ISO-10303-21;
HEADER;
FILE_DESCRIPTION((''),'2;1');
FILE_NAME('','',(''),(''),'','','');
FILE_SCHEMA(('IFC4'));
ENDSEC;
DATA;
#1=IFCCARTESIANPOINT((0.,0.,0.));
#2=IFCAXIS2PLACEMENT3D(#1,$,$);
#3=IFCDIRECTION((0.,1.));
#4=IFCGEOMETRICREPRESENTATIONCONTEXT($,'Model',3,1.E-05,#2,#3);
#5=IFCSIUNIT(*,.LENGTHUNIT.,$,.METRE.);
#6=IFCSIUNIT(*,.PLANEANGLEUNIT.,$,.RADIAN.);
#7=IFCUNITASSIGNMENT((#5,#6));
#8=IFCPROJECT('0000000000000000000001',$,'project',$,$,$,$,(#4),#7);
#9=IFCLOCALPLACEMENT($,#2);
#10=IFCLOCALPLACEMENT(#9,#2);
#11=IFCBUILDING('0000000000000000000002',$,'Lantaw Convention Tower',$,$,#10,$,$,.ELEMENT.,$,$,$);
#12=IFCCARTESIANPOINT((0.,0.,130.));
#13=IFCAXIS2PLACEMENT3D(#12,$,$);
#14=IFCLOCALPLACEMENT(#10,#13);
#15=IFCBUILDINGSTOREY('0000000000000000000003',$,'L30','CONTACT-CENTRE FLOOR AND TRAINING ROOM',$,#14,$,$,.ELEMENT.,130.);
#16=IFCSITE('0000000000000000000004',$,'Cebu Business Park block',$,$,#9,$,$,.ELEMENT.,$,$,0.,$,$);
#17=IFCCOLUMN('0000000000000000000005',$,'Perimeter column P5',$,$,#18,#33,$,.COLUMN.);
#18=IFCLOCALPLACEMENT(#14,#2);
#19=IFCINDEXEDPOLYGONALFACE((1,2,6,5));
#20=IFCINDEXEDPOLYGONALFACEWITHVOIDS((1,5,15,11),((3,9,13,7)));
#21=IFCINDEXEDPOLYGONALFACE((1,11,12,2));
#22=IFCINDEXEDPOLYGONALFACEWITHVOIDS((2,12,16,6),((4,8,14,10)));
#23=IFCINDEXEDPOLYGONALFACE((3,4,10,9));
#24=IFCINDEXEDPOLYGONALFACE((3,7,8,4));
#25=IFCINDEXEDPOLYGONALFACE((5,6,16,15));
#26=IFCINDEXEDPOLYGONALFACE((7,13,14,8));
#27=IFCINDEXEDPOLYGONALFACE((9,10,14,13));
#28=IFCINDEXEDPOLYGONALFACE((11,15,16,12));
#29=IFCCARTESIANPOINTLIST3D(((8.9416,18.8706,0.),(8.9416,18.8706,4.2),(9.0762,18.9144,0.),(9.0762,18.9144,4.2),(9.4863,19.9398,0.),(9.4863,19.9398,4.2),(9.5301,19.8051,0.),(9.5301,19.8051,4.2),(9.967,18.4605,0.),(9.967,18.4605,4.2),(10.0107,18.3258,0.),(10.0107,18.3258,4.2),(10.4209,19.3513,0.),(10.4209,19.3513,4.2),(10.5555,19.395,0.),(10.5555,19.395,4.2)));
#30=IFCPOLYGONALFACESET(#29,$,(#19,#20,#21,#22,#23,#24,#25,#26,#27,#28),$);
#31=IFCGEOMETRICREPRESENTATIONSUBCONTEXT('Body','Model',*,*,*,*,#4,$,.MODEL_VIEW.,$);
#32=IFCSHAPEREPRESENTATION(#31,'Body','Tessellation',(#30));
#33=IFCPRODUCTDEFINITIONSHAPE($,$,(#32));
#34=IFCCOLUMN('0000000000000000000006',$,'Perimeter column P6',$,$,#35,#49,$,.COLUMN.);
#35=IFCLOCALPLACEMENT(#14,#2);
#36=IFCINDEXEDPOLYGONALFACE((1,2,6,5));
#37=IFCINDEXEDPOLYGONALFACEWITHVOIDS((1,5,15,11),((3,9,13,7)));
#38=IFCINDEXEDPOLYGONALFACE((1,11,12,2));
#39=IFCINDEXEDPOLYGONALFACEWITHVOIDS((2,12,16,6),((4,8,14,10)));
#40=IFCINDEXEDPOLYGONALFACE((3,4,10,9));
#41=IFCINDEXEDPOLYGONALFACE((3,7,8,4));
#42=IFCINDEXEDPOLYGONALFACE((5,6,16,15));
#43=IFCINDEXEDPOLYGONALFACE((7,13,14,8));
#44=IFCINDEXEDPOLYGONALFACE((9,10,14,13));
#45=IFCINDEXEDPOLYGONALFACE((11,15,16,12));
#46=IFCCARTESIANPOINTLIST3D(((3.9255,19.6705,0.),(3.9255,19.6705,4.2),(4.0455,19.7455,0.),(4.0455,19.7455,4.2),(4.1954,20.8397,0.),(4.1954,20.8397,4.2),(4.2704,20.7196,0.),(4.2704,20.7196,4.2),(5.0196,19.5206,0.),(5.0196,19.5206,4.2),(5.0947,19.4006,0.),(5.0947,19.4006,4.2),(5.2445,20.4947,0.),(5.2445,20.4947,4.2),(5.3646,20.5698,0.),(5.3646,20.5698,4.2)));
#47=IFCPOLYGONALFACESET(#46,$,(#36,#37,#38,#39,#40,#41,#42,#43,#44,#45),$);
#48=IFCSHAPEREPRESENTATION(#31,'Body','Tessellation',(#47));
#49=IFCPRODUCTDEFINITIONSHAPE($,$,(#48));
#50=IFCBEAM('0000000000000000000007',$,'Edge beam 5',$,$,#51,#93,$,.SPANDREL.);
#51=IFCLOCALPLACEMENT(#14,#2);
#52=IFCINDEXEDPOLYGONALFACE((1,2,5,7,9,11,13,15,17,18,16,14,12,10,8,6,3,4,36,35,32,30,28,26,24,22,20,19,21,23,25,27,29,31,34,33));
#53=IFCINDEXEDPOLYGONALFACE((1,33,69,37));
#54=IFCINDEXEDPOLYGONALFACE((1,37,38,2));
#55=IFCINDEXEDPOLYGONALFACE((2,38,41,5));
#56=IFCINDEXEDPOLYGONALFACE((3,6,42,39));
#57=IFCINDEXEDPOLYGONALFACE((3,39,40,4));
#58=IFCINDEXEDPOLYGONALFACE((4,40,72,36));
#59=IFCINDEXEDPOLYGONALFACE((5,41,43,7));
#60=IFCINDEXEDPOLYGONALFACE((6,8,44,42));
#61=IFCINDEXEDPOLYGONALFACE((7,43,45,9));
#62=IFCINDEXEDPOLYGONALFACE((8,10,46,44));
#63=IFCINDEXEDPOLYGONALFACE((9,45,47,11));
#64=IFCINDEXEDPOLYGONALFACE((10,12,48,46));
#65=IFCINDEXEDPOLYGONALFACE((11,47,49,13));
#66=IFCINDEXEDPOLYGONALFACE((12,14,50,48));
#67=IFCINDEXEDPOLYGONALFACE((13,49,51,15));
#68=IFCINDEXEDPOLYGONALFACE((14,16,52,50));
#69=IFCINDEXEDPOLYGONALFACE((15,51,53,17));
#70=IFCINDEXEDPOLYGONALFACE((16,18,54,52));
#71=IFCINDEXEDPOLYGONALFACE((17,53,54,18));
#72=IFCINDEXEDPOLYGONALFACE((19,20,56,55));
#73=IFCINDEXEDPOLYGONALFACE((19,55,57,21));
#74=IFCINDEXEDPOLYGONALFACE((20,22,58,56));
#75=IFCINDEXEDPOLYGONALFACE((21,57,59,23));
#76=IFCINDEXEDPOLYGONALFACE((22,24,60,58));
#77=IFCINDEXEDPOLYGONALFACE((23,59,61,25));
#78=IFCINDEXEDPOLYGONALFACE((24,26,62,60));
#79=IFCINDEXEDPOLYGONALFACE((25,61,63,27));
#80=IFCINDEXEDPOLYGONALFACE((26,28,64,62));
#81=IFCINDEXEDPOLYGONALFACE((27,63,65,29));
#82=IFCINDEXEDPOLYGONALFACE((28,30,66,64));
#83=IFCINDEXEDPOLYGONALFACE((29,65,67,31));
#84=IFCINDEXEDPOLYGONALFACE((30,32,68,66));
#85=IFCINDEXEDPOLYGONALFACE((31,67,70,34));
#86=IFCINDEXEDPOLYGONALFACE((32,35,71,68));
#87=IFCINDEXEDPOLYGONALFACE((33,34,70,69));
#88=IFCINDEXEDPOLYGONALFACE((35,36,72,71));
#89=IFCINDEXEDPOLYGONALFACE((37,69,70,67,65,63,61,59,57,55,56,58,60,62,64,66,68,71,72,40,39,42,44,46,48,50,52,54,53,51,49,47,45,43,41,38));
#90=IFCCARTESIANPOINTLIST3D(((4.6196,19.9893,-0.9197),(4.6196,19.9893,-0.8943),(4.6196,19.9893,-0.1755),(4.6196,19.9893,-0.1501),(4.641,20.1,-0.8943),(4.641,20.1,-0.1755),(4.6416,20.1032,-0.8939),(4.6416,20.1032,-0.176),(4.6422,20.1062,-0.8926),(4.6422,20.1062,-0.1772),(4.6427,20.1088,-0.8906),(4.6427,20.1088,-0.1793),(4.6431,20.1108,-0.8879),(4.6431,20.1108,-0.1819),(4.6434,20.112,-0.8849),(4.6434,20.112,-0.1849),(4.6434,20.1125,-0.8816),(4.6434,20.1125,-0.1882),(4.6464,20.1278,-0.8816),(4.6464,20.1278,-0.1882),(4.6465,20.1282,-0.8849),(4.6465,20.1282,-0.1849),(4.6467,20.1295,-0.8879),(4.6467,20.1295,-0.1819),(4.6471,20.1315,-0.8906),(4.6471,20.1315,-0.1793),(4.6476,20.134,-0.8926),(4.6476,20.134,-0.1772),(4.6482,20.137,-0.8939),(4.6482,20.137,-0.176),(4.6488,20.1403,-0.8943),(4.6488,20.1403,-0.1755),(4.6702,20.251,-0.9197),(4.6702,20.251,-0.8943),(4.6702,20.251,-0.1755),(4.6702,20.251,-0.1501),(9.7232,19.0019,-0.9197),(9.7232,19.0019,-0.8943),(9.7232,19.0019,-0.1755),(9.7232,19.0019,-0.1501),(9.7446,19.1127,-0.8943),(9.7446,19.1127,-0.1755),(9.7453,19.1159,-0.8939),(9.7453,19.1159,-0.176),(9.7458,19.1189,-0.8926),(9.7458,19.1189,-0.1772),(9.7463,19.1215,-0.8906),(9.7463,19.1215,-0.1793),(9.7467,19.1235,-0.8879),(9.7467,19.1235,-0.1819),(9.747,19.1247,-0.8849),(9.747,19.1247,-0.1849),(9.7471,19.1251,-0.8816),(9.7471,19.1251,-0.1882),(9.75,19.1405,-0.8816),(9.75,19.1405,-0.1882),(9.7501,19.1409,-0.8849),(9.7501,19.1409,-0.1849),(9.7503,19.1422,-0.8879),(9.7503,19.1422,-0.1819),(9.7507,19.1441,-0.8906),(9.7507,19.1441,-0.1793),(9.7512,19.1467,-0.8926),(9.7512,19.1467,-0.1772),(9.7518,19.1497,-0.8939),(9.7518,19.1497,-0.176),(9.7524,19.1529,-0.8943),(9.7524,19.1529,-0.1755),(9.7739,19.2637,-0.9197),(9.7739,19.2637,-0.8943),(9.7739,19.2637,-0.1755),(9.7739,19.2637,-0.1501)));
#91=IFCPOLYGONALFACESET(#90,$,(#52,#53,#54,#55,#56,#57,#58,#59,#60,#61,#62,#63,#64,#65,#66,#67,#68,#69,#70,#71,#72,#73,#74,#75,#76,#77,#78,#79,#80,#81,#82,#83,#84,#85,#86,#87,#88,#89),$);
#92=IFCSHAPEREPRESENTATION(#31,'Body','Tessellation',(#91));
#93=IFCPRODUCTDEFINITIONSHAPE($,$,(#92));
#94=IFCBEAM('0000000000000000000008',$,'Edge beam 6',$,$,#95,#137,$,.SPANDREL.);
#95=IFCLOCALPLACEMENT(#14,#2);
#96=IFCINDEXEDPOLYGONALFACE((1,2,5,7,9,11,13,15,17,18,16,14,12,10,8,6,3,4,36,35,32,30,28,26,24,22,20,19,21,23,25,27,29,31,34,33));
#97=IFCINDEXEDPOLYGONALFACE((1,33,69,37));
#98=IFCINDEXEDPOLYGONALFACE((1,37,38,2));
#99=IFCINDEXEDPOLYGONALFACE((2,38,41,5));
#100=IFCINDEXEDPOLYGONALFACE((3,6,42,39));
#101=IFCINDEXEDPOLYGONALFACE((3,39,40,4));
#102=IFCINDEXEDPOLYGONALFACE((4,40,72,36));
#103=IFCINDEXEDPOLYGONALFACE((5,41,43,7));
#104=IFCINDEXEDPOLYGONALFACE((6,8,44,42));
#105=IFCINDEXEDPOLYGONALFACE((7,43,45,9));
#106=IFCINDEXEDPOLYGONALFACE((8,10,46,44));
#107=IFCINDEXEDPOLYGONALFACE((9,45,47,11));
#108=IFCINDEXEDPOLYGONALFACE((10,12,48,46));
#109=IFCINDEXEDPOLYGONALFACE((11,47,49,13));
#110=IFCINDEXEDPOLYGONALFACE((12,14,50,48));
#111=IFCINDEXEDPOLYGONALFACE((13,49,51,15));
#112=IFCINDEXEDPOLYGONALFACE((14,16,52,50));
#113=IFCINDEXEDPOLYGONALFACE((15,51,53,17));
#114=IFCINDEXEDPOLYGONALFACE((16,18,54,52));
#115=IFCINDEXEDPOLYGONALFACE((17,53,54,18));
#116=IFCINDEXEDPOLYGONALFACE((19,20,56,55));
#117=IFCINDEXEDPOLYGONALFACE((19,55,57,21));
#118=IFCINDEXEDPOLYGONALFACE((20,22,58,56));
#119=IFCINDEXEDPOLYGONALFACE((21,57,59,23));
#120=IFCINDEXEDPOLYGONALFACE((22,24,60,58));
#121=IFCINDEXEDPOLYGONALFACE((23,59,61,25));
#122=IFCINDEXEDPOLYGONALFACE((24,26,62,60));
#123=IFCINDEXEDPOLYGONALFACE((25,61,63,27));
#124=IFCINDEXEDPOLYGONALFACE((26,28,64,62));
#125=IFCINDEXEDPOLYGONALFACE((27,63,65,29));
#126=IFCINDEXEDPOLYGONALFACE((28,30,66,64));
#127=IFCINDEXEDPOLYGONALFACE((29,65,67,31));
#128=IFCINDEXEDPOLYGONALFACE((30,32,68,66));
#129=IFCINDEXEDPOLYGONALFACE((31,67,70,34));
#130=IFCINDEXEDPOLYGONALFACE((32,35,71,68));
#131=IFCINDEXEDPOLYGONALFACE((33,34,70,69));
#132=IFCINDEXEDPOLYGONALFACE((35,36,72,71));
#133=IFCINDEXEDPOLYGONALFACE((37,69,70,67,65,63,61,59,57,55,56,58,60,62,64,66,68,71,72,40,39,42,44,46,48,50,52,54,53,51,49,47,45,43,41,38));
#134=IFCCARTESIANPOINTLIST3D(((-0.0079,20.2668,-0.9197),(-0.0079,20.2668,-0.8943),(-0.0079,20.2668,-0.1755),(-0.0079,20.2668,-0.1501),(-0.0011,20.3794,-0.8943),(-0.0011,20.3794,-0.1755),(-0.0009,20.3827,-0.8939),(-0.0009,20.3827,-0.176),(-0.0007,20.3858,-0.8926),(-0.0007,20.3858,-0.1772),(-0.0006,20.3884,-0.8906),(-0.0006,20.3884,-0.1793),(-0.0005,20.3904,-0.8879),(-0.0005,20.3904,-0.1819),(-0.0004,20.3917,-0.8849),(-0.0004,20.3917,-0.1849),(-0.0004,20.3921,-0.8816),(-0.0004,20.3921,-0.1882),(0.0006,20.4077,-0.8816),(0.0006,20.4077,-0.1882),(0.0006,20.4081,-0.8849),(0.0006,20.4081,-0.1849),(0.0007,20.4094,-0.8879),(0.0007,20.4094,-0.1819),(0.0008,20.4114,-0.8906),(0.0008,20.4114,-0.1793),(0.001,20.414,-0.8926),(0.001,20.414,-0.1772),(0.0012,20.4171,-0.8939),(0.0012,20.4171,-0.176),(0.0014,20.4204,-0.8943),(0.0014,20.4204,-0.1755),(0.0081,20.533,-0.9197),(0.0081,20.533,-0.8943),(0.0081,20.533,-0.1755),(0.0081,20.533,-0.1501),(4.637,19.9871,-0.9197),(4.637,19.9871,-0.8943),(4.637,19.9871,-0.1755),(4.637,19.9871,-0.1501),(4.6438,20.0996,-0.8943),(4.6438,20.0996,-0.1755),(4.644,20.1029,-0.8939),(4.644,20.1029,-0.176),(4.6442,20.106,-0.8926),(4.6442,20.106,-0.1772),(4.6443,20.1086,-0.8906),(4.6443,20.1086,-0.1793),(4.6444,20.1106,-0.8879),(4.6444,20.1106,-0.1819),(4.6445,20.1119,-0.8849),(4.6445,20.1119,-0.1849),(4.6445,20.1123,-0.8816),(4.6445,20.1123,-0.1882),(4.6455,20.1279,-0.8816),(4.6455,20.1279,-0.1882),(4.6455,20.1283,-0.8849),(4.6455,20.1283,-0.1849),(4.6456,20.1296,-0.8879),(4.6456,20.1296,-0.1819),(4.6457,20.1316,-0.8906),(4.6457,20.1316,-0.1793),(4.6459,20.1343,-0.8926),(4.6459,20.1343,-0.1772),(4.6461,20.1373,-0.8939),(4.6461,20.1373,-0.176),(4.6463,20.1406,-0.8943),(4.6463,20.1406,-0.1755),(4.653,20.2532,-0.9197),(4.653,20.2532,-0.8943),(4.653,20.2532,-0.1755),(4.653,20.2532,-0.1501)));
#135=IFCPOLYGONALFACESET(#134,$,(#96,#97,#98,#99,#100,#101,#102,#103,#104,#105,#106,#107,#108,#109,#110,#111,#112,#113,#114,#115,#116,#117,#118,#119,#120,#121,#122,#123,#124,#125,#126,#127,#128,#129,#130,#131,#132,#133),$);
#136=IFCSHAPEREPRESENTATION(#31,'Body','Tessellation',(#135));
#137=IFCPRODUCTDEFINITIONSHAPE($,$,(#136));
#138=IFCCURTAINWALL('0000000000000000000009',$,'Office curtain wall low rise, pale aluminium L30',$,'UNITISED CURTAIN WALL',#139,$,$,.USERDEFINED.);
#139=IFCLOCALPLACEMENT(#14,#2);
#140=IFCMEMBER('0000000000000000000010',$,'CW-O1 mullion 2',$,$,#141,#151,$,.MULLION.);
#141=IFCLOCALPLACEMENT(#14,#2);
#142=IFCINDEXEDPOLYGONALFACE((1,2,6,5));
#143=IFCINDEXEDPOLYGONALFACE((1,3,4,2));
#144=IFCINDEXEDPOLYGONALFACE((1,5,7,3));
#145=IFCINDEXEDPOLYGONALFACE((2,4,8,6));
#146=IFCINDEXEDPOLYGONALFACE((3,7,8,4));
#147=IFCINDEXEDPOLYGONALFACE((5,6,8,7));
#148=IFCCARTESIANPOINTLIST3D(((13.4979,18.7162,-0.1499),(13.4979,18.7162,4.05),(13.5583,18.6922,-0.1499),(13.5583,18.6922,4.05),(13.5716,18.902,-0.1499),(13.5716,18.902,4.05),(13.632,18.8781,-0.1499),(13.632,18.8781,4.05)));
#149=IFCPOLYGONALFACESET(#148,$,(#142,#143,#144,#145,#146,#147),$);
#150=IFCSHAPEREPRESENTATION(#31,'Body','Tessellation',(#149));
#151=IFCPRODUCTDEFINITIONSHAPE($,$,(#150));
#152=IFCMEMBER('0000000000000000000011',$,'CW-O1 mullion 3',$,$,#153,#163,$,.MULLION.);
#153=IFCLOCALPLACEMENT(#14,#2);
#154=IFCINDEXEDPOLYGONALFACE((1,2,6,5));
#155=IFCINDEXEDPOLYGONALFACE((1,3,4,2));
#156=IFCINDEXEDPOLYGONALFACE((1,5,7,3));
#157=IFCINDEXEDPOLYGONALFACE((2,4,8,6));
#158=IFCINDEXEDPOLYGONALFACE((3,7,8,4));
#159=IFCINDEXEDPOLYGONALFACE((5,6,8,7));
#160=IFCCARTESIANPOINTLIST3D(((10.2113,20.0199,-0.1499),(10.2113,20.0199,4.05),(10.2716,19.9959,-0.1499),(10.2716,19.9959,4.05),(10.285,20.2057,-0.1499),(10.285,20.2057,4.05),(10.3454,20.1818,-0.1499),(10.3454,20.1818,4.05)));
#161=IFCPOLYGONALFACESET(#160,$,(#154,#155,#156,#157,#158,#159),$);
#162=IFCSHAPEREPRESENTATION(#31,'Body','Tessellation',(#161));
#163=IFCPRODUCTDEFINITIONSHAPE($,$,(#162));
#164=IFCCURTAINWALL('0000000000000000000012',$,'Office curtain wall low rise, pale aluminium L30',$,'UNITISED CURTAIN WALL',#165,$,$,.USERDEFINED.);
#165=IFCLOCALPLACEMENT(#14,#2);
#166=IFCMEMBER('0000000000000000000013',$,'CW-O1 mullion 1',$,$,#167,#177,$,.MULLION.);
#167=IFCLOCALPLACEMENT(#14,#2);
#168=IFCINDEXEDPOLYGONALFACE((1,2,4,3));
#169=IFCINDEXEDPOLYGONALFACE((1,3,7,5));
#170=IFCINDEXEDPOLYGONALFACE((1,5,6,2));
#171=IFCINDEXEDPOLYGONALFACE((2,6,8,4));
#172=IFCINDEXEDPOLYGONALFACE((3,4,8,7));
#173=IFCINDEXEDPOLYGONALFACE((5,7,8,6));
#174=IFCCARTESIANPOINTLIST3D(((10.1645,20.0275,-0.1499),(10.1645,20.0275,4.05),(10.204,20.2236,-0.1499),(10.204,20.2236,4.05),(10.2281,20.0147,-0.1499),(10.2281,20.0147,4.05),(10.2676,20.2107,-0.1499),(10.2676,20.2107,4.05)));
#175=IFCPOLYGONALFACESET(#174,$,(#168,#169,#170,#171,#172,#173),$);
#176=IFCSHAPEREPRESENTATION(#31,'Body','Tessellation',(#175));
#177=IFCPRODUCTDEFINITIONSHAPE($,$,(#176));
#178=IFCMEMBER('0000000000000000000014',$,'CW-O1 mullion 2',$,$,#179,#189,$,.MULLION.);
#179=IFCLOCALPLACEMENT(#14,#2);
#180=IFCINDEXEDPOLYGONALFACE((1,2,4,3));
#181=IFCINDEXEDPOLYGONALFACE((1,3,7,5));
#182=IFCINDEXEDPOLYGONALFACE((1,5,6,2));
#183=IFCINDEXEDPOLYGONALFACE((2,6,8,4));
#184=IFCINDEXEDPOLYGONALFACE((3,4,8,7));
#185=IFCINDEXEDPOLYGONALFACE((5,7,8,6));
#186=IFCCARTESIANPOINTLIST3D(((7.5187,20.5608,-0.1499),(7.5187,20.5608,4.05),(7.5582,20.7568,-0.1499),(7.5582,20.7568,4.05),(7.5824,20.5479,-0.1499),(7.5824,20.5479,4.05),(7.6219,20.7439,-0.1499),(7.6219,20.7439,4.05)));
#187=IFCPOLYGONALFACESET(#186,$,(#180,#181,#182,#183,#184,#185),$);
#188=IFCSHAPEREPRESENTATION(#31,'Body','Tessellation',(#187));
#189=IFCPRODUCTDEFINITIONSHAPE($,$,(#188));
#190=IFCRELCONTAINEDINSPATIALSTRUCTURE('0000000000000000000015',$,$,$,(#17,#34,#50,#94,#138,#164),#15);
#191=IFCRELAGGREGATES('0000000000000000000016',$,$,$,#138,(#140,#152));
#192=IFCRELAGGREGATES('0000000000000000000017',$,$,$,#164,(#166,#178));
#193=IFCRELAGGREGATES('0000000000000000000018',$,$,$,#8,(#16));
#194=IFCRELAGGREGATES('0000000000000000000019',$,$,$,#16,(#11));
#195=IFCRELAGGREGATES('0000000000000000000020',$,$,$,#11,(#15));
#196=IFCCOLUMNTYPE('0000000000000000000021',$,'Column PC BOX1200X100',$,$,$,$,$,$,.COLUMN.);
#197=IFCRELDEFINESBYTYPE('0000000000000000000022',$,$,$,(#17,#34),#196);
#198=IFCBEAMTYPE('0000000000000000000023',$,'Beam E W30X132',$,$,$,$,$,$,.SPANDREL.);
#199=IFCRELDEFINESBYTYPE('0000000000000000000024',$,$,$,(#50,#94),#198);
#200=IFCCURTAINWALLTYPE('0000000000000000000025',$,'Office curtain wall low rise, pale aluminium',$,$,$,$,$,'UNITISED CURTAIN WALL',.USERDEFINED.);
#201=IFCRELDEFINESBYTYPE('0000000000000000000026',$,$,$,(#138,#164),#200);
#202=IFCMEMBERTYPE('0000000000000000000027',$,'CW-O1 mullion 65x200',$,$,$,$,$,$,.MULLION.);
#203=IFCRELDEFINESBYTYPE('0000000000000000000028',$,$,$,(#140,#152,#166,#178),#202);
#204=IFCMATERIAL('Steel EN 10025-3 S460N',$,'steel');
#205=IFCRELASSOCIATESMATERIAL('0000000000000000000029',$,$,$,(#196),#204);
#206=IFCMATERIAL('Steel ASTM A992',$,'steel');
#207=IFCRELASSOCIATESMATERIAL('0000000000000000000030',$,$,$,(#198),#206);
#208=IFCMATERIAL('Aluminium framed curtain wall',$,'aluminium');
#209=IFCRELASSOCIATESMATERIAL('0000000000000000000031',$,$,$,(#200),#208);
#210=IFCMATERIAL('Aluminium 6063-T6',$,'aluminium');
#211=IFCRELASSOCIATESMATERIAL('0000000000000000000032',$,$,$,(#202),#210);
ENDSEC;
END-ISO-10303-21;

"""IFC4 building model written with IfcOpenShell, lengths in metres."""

from ifc_helpers import new_model, si_unit, direction, frame, origin, origin_2d, place, context, subcontext, project, spatial, rectangle, hollow_rectangle, i_section, extrude, material, material_profile, profile_set, type_object, element, aggregate, save


model = new_model("IFC4")

# Units and contexts
model_context = context("Model", 3, precision=1e-05, world=origin(), true_north=direction((0.0, 1.0)))
body_context = subcontext(model_context, "Body", "Model", "MODEL_VIEW")
ifc_project = project(units=[si_unit("LENGTHUNIT", "METRE"), si_unit("PLANEANGLEUNIT", "RADIAN")], contexts=[model_context])

# Site, building, storey
site_placement = place(None, origin())
site = spatial("IfcSite", under=ifc_project, at=site_placement, Name="Cebu Business Park block", CompositionType="ELEMENT", RefElevation=0.0)
building_placement = place(site_placement, origin())
building = spatial("IfcBuilding", under=site, at=building_placement, Name="Lantaw Convention Tower", CompositionType="ELEMENT")
storey_placement = place(building_placement, frame((0.0, 0.0, 130.0)))
storey = spatial("IfcBuildingStorey", under=building, at=storey_placement, Name="L30", Description="CONTACT-CENTRE FLOOR AND TRAINING ROOM", CompositionType="ELEMENT", Elevation=130.0)

# Columns
ifc_material_1 = material(Name="Steel EN 10025-3 S460N", Category="steel")
ifc_material_profile_1 = material_profile(ifc_material_1, hollow_rectangle(XDim=1.2, YDim=1.2, WallThickness=0.1001, at=origin_2d()), Name="BOX1200X100")
ifc_material_2 = material(Name="Concrete C60/75", Category="concrete")
ifc_material_profile_2 = material_profile(ifc_material_2, rectangle(XDim=1.0, YDim=1.0, at=origin_2d()), Name="Concrete fill of BOX1200X100")
ifc_profile_set_1 = profile_set([ifc_material_profile_1, ifc_material_profile_2], Name="Steel EN 10025-3 S460N")
column_type = type_object("IfcColumnType", Name="Column PC BOX1200X100", PredefinedType="COLUMN", material=ifc_profile_set_1)
for number, where, z_axis, x_axis, name in (
    (1, (9.7485, 19.1328, 0.0), (0.0, 0.0, 1.0), (0.45399, 0.891007, 0.0), "Perimeter column P5"),
    (2, (4.645, 20.1201, 0.0), (0.0, 0.0, 1.0), (0.224951, 0.97437, 0.0), "Perimeter column P6"),
):
    element("IfcColumn", number, at=place(storey_placement, frame(where, z_axis=z_axis, x_axis=x_axis)), inside=storey, type_object=column_type, Name=name, PredefinedType="COLUMN", context=body_context, shape_type="SweptSolid", body=[
        extrude(hollow_rectangle(XDim=1.2, YDim=1.2, WallThickness=0.1001, at=origin_2d()), origin(), (0.0, 0.0, 1.0), 4.2),
    ])

# Beams
ifc_material_3 = material(Name="Steel ASTM A992", Category="steel")
ifc_material_profile_3 = material_profile(ifc_material_3, i_section(OverallWidth=0.2666, OverallDepth=0.7695, WebThickness=0.0156, FlangeThickness=0.0254, FilletRadius=0.0127, at=origin_2d()), Name="W30X132")
ifc_profile_set_2 = profile_set([ifc_material_profile_3], Name="Steel ASTM A992")
beam_type = type_object("IfcBeamType", Name="Beam E W30X132", PredefinedType="SPANDREL", material=ifc_profile_set_2)
beam_1_placement = place(storey_placement, frame((9.7485, 19.1328, -0.5349), z_axis=(-0.981797, 0.189934, 0.0), x_axis=(-0.189934, -0.981797, 0.0)))
element("IfcBeam", 3, at=beam_1_placement, inside=storey, type_object=beam_type, Name="Edge beam 5", PredefinedType="SPANDREL", context=body_context, shape_type="SweptSolid", body=[
    extrude(i_section(OverallWidth=0.2666, OverallDepth=0.7695, WebThickness=0.0156, FlangeThickness=0.0254, FilletRadius=0.0127, at=origin_2d()), origin(), (0.0, 0.0, 1.0), 5.1982),
])
beam_2_placement = place(storey_placement, frame((4.645, 20.1201, -0.5349), z_axis=(-0.998191, 0.060124, 0.0), x_axis=(-0.060124, -0.998191, 0.0)))
element("IfcBeam", 4, at=beam_2_placement, inside=storey, type_object=beam_type, Name="Edge beam 6", PredefinedType="SPANDREL", context=body_context, shape_type="SweptSolid", body=[
    extrude(i_section(OverallWidth=0.2666, OverallDepth=0.7695, WebThickness=0.0156, FlangeThickness=0.0254, FilletRadius=0.0127, at=origin_2d()), origin(), (0.0, 0.0, 1.0), 4.6533),
])

# Curtain walls, members
ifc_material_4 = material(Name="Aluminium framed curtain wall", Category="aluminium")
curtain_wall_type = type_object("IfcCurtainWallType", Name="Office curtain wall low rise, pale aluminium", ElementType="UNITISED CURTAIN WALL", PredefinedType="USERDEFINED", material=ifc_material_4)
curtain_wall_1_placement = place(storey_placement, origin())
curtain_wall_1 = element("IfcCurtainWall", 5, at=curtain_wall_1_placement, inside=storey, type_object=curtain_wall_type, Name="Office curtain wall low rise, pale aluminium L30", ObjectType="UNITISED CURTAIN WALL", PredefinedType="USERDEFINED")
ifc_material_5 = material(Name="Aluminium 6063-T6", Category="aluminium")
ifc_material_profile_4 = material_profile(ifc_material_5, rectangle(XDim=0.2, YDim=0.0649, at=origin_2d()), Name="CW-O1 mullion 65x200")
ifc_profile_set_3 = profile_set([ifc_material_profile_4], Name="Aluminium 6063-T6")
member_type_1 = type_object("IfcMemberType", Name="CW-O1 mullion 65x200", PredefinedType="MULLION", material=ifc_profile_set_3)
member_1_placement = place(storey_placement, frame((13.5649, 18.7971, -0.1499), z_axis=(0.0, 0.0, 1.0), x_axis=(-0.368702, -0.929548, 0.0)))
member_1 = element("IfcMember", 6, at=member_1_placement, type_object=member_type_1, Name="CW-O1 mullion 2", PredefinedType="MULLION", context=body_context, shape_type="SweptSolid", body=[
    extrude(rectangle(XDim=0.2, YDim=0.0649, at=origin_2d()), origin(), (0.0, 0.0, 1.0), 4.2),
])
member_2_placement = place(storey_placement, frame((10.2783, 20.1008, -0.1499), z_axis=(0.0, 0.0, 1.0), x_axis=(-0.368702, -0.929548, 0.0)))
member_2 = element("IfcMember", 7, at=member_2_placement, type_object=member_type_1, Name="CW-O1 mullion 3", PredefinedType="MULLION", context=body_context, shape_type="SweptSolid", body=[
    extrude(rectangle(XDim=0.2, YDim=0.0649, at=origin_2d()), origin(), (0.0, 0.0, 1.0), 4.2),
])
curtain_wall_2_placement = place(storey_placement, origin())
curtain_wall_2 = element("IfcCurtainWall", 8, at=curtain_wall_2_placement, inside=storey, type_object=curtain_wall_type, Name="Office curtain wall low rise, pale aluminium L30", ObjectType="UNITISED CURTAIN WALL", PredefinedType="USERDEFINED")
member_3_placement = place(storey_placement, frame((10.2161, 20.1191, -0.1499), z_axis=(0.0, 0.0, 1.0), x_axis=(-0.197507, -0.980302, 0.0)))
member_3 = element("IfcMember", 9, at=member_3_placement, type_object=member_type_1, Name="CW-O1 mullion 1", PredefinedType="MULLION", context=body_context, shape_type="SweptSolid", body=[
    extrude(rectangle(XDim=0.2, YDim=0.0649, at=origin_2d()), origin(), (0.0, 0.0, 1.0), 4.2),
])
member_4_placement = place(storey_placement, frame((7.5703, 20.6523, -0.1499), z_axis=(0.0, 0.0, 1.0), x_axis=(-0.197507, -0.980302, 0.0)))
member_4 = element("IfcMember", 10, at=member_4_placement, type_object=member_type_1, Name="CW-O1 mullion 2", PredefinedType="MULLION", context=body_context, shape_type="SweptSolid", body=[
    extrude(rectangle(XDim=0.2, YDim=0.0649, at=origin_2d()), origin(), (0.0, 0.0, 1.0), 4.2),
])

aggregate(curtain_wall_1, [member_1, member_2])
aggregate(curtain_wall_2, [member_3, member_4])

save(model, "model.ifc")
